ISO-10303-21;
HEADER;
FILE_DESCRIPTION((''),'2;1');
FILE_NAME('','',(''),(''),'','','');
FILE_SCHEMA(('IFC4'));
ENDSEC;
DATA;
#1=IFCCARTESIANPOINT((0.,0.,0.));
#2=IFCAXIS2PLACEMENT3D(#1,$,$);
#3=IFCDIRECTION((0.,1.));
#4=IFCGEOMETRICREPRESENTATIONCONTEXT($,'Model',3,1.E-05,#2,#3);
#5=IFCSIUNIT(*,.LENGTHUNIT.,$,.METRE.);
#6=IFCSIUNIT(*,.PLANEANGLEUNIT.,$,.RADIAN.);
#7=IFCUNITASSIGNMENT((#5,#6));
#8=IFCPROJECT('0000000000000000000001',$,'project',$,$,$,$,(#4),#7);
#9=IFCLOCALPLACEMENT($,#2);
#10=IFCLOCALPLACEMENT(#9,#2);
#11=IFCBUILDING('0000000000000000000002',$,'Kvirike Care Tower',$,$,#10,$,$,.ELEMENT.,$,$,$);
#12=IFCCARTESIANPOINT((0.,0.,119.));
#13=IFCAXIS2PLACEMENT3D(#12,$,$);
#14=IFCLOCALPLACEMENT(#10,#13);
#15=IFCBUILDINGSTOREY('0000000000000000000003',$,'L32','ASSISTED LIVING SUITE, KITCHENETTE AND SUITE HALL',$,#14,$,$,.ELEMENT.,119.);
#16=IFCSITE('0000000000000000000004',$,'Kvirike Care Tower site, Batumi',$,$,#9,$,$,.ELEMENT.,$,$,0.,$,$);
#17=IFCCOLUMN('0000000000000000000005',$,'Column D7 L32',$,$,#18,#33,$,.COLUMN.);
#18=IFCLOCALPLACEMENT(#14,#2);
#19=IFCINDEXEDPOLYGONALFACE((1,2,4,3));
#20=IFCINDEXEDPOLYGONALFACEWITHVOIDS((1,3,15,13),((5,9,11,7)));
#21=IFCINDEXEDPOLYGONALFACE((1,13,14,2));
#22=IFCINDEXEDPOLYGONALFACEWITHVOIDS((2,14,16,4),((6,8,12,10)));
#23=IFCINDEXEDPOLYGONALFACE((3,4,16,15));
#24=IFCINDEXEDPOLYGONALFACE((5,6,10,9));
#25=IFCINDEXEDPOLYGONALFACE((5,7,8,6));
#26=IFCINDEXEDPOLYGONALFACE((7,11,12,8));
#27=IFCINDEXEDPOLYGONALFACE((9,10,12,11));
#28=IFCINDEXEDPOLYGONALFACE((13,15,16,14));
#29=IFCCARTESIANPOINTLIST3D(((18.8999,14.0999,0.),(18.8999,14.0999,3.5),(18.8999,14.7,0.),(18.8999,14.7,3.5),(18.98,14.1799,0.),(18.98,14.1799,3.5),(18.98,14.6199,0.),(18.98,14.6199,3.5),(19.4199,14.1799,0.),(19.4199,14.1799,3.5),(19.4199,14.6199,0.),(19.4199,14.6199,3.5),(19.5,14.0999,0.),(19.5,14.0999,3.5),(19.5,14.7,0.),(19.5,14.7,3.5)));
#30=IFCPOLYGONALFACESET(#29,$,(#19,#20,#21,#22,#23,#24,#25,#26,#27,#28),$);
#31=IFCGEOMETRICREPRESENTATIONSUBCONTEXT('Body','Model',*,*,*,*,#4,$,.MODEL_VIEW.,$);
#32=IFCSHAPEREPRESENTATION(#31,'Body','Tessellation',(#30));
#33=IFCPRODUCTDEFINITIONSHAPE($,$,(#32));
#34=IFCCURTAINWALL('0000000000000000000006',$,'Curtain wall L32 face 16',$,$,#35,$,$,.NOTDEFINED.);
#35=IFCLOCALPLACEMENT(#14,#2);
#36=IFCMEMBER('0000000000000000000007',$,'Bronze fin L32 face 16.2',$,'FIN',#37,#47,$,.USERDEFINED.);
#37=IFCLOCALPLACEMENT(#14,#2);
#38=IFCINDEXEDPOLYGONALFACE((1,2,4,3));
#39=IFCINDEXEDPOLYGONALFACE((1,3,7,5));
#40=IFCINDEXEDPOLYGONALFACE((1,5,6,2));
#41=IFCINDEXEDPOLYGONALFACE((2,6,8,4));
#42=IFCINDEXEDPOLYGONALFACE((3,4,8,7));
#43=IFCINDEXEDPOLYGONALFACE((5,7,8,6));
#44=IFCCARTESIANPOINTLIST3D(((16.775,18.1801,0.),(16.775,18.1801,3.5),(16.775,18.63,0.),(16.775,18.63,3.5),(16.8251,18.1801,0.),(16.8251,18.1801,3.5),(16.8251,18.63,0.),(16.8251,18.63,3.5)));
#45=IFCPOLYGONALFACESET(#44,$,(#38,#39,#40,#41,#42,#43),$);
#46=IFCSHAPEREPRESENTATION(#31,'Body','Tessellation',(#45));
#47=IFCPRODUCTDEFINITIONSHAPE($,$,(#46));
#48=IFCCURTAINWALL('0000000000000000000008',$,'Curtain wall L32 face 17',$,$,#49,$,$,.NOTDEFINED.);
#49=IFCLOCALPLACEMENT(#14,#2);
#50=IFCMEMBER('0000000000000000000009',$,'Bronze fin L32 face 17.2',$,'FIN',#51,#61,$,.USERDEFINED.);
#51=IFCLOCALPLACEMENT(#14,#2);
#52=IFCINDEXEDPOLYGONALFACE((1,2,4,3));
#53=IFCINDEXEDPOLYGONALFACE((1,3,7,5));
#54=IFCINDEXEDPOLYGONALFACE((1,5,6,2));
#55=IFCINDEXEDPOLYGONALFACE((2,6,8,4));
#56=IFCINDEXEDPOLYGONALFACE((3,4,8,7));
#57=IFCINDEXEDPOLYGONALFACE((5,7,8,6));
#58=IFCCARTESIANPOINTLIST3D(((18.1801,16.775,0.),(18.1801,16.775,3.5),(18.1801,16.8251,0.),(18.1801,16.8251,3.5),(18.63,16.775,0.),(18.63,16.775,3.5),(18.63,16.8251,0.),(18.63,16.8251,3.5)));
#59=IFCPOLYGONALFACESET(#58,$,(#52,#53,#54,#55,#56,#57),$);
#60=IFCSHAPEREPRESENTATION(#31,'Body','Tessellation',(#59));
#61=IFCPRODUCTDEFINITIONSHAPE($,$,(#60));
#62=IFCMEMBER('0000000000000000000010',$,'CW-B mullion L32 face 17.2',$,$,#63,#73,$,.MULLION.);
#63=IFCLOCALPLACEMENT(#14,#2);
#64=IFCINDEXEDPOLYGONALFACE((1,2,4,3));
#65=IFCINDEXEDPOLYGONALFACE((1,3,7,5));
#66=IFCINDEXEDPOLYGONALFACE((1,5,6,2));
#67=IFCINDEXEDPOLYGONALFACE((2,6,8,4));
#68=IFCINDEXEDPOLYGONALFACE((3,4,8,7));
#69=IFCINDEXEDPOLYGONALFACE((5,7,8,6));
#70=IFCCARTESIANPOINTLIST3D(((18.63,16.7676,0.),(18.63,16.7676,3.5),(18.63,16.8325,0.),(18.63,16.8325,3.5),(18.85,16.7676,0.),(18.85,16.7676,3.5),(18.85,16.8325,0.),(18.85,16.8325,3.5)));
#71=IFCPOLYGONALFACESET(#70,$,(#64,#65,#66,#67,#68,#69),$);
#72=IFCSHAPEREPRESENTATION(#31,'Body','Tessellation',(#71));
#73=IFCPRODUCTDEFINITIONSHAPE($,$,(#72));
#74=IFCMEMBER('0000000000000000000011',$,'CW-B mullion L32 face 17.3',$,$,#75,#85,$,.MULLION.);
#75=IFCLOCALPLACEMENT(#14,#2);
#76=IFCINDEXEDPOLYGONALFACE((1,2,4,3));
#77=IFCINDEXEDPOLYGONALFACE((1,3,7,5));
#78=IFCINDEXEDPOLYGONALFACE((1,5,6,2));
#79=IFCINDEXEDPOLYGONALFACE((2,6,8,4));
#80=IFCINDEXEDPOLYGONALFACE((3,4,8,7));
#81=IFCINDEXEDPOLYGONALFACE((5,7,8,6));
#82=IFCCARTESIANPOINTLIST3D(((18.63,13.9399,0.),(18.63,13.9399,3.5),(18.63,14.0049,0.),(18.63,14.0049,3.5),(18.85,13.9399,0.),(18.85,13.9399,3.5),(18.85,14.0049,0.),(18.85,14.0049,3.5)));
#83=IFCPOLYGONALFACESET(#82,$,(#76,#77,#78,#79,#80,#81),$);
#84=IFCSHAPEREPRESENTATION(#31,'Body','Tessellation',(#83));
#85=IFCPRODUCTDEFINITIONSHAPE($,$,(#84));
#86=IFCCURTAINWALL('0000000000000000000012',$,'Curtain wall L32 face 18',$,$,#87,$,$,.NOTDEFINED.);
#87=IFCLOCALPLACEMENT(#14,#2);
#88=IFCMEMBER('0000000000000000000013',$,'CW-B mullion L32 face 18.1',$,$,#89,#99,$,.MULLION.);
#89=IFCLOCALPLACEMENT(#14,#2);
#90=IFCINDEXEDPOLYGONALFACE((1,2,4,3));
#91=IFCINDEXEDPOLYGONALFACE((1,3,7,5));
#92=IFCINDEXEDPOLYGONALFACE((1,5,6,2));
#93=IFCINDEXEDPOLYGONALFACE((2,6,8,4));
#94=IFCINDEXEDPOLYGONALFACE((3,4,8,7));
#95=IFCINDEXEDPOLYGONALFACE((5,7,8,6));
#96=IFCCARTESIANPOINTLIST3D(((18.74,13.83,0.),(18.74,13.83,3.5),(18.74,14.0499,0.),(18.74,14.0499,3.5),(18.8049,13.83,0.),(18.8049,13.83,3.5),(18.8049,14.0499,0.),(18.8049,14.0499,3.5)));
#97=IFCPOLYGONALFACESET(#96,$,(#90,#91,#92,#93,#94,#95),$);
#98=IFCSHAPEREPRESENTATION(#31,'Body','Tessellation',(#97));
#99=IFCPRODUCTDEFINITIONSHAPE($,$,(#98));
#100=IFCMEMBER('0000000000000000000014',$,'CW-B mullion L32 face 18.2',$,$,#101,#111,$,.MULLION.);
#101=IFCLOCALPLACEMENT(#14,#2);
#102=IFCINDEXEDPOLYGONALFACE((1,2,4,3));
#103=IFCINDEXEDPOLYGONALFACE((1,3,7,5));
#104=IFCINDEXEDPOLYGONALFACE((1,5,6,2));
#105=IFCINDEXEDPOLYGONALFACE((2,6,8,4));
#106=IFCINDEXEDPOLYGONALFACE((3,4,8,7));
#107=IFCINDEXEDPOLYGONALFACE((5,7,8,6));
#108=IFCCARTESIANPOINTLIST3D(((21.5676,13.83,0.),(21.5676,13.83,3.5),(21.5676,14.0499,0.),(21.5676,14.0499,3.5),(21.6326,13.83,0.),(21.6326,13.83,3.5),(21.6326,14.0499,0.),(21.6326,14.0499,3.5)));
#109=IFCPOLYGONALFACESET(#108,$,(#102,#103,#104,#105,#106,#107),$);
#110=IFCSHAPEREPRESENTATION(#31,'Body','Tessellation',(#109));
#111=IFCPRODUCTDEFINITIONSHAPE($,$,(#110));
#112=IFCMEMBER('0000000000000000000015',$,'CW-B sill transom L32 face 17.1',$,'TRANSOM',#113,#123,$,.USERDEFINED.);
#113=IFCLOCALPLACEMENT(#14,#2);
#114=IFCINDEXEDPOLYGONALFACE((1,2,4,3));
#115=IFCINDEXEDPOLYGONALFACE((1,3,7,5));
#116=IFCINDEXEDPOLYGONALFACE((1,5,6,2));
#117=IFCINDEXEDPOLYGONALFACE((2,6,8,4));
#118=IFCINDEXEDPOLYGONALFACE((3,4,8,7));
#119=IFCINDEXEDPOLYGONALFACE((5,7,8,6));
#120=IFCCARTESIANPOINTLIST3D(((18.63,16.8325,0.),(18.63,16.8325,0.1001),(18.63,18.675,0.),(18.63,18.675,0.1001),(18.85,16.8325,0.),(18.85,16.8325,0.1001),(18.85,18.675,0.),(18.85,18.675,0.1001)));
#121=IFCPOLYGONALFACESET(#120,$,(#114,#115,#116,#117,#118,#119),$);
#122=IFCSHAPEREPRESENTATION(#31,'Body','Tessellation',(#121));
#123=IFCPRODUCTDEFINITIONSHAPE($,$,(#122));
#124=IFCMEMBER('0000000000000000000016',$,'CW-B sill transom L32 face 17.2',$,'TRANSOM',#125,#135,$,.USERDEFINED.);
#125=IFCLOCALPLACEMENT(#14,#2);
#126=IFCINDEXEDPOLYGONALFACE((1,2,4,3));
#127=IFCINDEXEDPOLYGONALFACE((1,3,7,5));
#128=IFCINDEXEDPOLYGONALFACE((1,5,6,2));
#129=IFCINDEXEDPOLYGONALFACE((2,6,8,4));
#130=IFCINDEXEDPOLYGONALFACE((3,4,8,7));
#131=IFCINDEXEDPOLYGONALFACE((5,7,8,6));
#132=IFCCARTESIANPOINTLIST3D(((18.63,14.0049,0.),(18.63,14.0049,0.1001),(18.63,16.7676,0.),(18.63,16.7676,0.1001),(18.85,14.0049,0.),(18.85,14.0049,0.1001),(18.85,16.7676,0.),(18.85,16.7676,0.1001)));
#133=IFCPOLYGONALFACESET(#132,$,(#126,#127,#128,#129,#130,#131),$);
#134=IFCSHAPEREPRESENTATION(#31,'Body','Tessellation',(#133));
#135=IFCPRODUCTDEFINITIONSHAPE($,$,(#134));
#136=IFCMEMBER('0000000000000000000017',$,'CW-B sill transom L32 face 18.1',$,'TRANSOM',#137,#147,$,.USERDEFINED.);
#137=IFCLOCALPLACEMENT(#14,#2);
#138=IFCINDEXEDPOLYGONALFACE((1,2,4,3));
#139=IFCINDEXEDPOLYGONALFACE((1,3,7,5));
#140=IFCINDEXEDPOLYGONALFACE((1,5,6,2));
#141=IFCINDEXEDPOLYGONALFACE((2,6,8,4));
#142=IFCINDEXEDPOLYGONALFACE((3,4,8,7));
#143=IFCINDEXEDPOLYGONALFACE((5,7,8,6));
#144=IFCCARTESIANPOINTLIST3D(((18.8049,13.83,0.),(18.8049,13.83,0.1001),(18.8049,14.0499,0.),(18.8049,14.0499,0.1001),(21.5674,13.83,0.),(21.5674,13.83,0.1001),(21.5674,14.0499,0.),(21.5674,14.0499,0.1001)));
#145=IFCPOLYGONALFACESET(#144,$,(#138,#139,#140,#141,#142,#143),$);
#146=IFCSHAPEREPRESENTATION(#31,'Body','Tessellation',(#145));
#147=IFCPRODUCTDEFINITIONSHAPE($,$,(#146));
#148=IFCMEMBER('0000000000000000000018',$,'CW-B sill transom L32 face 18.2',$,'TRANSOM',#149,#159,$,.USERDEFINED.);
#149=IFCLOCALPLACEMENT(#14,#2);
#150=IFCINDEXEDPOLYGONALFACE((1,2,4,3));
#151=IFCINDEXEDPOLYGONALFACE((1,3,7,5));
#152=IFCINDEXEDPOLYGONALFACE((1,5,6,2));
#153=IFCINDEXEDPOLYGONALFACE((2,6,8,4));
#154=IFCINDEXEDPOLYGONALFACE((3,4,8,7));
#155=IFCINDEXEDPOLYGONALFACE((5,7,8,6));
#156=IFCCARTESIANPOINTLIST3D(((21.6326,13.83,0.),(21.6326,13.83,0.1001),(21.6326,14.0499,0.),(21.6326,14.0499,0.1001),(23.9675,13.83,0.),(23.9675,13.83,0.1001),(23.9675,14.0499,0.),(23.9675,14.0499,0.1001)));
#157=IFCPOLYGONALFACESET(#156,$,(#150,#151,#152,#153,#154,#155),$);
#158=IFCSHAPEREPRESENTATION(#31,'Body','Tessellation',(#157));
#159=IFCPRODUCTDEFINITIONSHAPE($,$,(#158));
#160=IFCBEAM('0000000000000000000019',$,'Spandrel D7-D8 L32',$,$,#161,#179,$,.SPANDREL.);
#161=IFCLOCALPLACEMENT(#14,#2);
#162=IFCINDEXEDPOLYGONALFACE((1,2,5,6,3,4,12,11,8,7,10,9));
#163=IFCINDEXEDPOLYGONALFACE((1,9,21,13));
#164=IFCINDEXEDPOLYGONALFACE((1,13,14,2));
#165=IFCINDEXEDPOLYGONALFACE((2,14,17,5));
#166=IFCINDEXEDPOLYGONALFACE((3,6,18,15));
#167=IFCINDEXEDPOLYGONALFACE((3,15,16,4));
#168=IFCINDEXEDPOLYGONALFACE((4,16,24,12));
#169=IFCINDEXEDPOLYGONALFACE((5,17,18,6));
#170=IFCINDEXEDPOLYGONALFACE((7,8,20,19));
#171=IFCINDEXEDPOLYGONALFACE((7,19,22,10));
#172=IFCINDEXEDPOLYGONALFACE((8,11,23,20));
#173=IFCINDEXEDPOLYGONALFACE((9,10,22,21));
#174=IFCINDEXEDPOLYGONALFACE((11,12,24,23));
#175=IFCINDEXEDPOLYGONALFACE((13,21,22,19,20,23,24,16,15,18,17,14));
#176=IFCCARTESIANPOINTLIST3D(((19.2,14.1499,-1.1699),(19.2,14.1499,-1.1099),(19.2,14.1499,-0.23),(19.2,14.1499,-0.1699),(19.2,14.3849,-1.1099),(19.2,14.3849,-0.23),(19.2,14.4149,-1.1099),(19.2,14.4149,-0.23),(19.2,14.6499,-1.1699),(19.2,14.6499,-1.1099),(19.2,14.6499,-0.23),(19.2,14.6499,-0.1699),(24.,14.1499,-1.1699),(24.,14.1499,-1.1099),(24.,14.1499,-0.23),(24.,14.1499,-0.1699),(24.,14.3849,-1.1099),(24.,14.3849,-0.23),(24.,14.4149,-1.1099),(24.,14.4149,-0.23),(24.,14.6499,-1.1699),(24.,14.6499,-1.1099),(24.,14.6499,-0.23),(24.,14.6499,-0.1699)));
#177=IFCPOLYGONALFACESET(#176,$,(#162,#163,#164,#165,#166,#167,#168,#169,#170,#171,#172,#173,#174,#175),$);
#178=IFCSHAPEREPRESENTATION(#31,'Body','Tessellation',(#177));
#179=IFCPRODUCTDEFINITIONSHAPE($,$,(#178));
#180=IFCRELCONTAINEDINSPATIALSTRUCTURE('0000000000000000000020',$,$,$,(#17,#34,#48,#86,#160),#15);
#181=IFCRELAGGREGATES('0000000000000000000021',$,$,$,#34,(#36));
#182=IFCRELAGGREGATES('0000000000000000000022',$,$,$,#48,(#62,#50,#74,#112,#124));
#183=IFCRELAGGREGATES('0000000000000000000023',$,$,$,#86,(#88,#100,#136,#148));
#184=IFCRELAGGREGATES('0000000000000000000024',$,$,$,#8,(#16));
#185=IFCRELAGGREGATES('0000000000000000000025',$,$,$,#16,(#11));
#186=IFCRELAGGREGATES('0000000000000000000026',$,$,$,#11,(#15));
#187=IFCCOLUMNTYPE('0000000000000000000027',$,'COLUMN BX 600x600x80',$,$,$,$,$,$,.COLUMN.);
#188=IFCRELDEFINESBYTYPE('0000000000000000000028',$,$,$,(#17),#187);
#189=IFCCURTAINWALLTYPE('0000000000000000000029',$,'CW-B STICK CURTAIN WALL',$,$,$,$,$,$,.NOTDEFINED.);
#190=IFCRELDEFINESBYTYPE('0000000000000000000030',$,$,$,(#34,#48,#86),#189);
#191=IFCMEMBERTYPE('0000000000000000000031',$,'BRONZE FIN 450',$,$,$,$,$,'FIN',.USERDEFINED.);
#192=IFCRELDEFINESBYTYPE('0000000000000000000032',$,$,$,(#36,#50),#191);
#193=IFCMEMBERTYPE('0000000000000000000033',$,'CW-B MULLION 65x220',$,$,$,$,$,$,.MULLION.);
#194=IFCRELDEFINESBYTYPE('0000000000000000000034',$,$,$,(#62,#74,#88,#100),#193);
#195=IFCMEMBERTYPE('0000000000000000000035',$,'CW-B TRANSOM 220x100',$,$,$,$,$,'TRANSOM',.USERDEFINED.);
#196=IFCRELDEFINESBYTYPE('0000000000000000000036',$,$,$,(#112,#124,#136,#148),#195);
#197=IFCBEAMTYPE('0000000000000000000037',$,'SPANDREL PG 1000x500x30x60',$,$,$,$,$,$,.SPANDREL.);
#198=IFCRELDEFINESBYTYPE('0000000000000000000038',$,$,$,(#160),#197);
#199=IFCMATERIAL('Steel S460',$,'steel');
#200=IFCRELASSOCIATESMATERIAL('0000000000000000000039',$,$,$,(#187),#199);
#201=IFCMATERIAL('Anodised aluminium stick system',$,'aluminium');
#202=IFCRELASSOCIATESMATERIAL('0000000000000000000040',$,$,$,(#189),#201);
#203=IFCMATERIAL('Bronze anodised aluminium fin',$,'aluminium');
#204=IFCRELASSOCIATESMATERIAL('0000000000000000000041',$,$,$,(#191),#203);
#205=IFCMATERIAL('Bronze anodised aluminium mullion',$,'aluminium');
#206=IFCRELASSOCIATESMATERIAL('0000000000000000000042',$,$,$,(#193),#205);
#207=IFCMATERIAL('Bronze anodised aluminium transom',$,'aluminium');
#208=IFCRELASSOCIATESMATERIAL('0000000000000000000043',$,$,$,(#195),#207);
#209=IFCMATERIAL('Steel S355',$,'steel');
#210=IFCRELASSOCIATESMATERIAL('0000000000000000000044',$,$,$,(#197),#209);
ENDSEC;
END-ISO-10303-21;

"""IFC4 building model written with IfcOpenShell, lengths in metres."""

from ifc_helpers import new_model, si_unit, direction, frame, origin, origin_2d, place, context, subcontext, project, spatial, rectangle, hollow_rectangle, i_section, extrude, material, material_profile, profile_set, type_object, element, aggregate, save


model = new_model("IFC4")

# Units and contexts
model_context = context("Model", 3, precision=1e-05, world=origin(), true_north=direction((0.0, 1.0)))
body_context = subcontext(model_context, "Body", "Model", "MODEL_VIEW")
ifc_project = project(units=[si_unit("LENGTHUNIT", "METRE"), si_unit("PLANEANGLEUNIT", "RADIAN")], contexts=[model_context])

# Site, building, storey
site_placement = place(None, origin())
site = spatial("IfcSite", under=ifc_project, at=site_placement, Name="Kvirike Care Tower site, Batumi", CompositionType="ELEMENT", RefElevation=0.0)
building_placement = place(site_placement, origin())
building = spatial("IfcBuilding", under=site, at=building_placement, Name="Kvirike Care Tower", CompositionType="ELEMENT")
storey_placement = place(building_placement, frame((0.0, 0.0, 119.0)))
storey = spatial("IfcBuildingStorey", under=building, at=storey_placement, Name="L32", Description="ASSISTED LIVING SUITE, KITCHENETTE AND SUITE HALL", CompositionType="ELEMENT", Elevation=119.0)

# Column
ifc_material_1 = material(Name="Steel S460", Category="steel")
ifc_material_profile_1 = material_profile(ifc_material_1, hollow_rectangle(XDim=0.6001, YDim=0.6001, WallThickness=0.0801, at=origin_2d()), Name="BX 600x600x80")
ifc_profile_set_1 = profile_set([ifc_material_profile_1], Name="Steel S460")
column_type = type_object("IfcColumnType", Name="COLUMN BX 600x600x80", PredefinedType="COLUMN", material=ifc_profile_set_1)
column_placement = place(storey_placement, frame((19.2, 14.3999, 0.0), z_axis=(0.0, 0.0, 1.0), x_axis=(0.0, 1.0, 0.0)))
element("IfcColumn", 1, at=column_placement, inside=storey, type_object=column_type, Name="Column D7 L32", PredefinedType="COLUMN", context=body_context, shape_type="SweptSolid", body=[
    extrude(hollow_rectangle(XDim=0.6001, YDim=0.6001, WallThickness=0.0801, at=origin_2d()), origin(), (0.0, 0.0, 1.0), 3.5),
])

# Curtain wall, member
ifc_material_2 = material(Name="Anodised aluminium stick system", Category="aluminium")
curtain_wall_type = type_object("IfcCurtainWallType", Name="CW-B STICK CURTAIN WALL", PredefinedType="NOTDEFINED", material=ifc_material_2)
curtain_wall_1_placement = place(storey_placement, origin())
curtain_wall_1 = element("IfcCurtainWall", 2, at=curtain_wall_1_placement, inside=storey, type_object=curtain_wall_type, Name="Curtain wall L32 face 16", PredefinedType="NOTDEFINED")
ifc_material_3 = material(Name="Bronze anodised aluminium fin", Category="aluminium")
ifc_material_profile_2 = material_profile(ifc_material_3, rectangle(XDim=0.05, YDim=0.45, at=origin_2d()), Name="BRONZE FIN 450")
ifc_profile_set_2 = profile_set([ifc_material_profile_2], Name="Bronze anodised aluminium fin")
member_type_1 = type_object("IfcMemberType", Name="BRONZE FIN 450", ElementType="FIN", PredefinedType="USERDEFINED", material=ifc_profile_set_2)
member_1_placement = place(storey_placement, frame((16.8, 18.405, 0.0), z_axis=(0.0, 0.0, 1.0), x_axis=(1.0, 0.0, 0.0)))
member_1 = element("IfcMember", 3, at=member_1_placement, type_object=member_type_1, Name="Bronze fin L32 face 16.2", ObjectType="FIN", PredefinedType="USERDEFINED", context=body_context, shape_type="SweptSolid", body=[
    extrude(rectangle(XDim=0.05, YDim=0.45, at=origin_2d()), origin(), (0.0, 0.0, 1.0), 3.5),
])
aggregate(curtain_wall_1, [member_1])

# Curtain walls, members
curtain_wall_2_placement = place(storey_placement, origin())
curtain_wall_2 = element("IfcCurtainWall", 4, at=curtain_wall_2_placement, inside=storey, type_object=curtain_wall_type, Name="Curtain wall L32 face 17", PredefinedType="NOTDEFINED")
member_2_placement = place(storey_placement, frame((18.405, 16.8, 0.0), z_axis=(0.0, 0.0, 1.0), x_axis=(0.0, -1.0, 0.0)))
member_2 = element("IfcMember", 5, at=member_2_placement, type_object=member_type_1, Name="Bronze fin L32 face 17.2", ObjectType="FIN", PredefinedType="USERDEFINED", context=body_context, shape_type="SweptSolid", body=[
    extrude(rectangle(XDim=0.05, YDim=0.45, at=origin_2d()), origin(), (0.0, 0.0, 1.0), 3.5),
])
ifc_material_4 = material(Name="Bronze anodised aluminium mullion", Category="aluminium")
ifc_material_profile_3 = material_profile(ifc_material_4, rectangle(XDim=0.0649, YDim=0.22, at=origin_2d()), Name="CW-B MULLION 65x220")
ifc_profile_set_3 = profile_set([ifc_material_profile_3], Name="Bronze anodised aluminium mullion")
member_type_2 = type_object("IfcMemberType", Name="CW-B MULLION 65x220", PredefinedType="MULLION", material=ifc_profile_set_3)
member_3_placement = place(storey_placement, frame((18.74, 16.8, 0.0), z_axis=(0.0, 0.0, 1.0), x_axis=(0.0, -1.0, 0.0)))
member_3 = element("IfcMember", 6, at=member_3_placement, type_object=member_type_2, Name="CW-B mullion L32 face 17.2", PredefinedType="MULLION", context=body_context, shape_type="SweptSolid", body=[
    extrude(rectangle(XDim=0.0649, YDim=0.22, at=origin_2d()), origin(), (0.0, 0.0, 1.0), 3.5),
])
member_4_placement = place(storey_placement, frame((18.74, 13.9724, 0.0), z_axis=(0.0, 0.0, 1.0), x_axis=(0.0, -1.0, 0.0)))
member_4 = element("IfcMember", 7, at=member_4_placement, type_object=member_type_2, Name="CW-B mullion L32 face 17.3", PredefinedType="MULLION", context=body_context, shape_type="SweptSolid", body=[
    extrude(rectangle(XDim=0.0649, YDim=0.22, at=origin_2d()), origin(), (0.0, 0.0, 1.0), 3.5),
])
curtain_wall_3_placement = place(storey_placement, origin())
curtain_wall_3 = element("IfcCurtainWall", 8, at=curtain_wall_3_placement, inside=storey, type_object=curtain_wall_type, Name="Curtain wall L32 face 18", PredefinedType="NOTDEFINED")
member_5_placement = place(storey_placement, frame((18.7725, 13.9399, 0.0), z_axis=(0.0, 0.0, 1.0), x_axis=(1.0, 0.0, 0.0)))
member_5 = element("IfcMember", 9, at=member_5_placement, type_object=member_type_2, Name="CW-B mullion L32 face 18.1", PredefinedType="MULLION", context=body_context, shape_type="SweptSolid", body=[
    extrude(rectangle(XDim=0.0649, YDim=0.22, at=origin_2d()), origin(), (0.0, 0.0, 1.0), 3.5),
])
member_6_placement = place(storey_placement, frame((21.6001, 13.9399, 0.0), z_axis=(0.0, 0.0, 1.0), x_axis=(1.0, 0.0, 0.0)))
member_6 = element("IfcMember", 10, at=member_6_placement, type_object=member_type_2, Name="CW-B mullion L32 face 18.2", PredefinedType="MULLION", context=body_context, shape_type="SweptSolid", body=[
    extrude(rectangle(XDim=0.0649, YDim=0.22, at=origin_2d()), origin(), (0.0, 0.0, 1.0), 3.5),
])

# Members
ifc_material_5 = material(Name="Bronze anodised aluminium transom", Category="aluminium")
ifc_material_profile_4 = material_profile(ifc_material_5, rectangle(XDim=0.22, YDim=0.1001, at=origin_2d()), Name="CW-B TRANSOM 220x100")
ifc_profile_set_4 = profile_set([ifc_material_profile_4], Name="Bronze anodised aluminium transom")
member_type_3 = type_object("IfcMemberType", Name="CW-B TRANSOM 220x100", ElementType="TRANSOM", PredefinedType="USERDEFINED", material=ifc_profile_set_4)
member_7_placement = place(storey_placement, frame((18.74, 18.675, 0.05), z_axis=(0.0, -1.0, 0.0), x_axis=(1.0, 0.0, 0.0)))
member_7 = element("IfcMember", 11, at=member_7_placement, type_object=member_type_3, Name="CW-B sill transom L32 face 17.1", ObjectType="TRANSOM", PredefinedType="USERDEFINED", context=body_context, shape_type="SweptSolid", body=[
    extrude(rectangle(XDim=0.22, YDim=0.1001, at=origin_2d()), origin(), (0.0, 0.0, 1.0), 1.8425),
])
member_8_placement = place(storey_placement, frame((18.74, 16.7676, 0.05), z_axis=(0.0, -1.0, 0.0), x_axis=(1.0, 0.0, 0.0)))
member_8 = element("IfcMember", 12, at=member_8_placement, type_object=member_type_3, Name="CW-B sill transom L32 face 17.2", ObjectType="TRANSOM", PredefinedType="USERDEFINED", context=body_context, shape_type="SweptSolid", body=[
    extrude(rectangle(XDim=0.22, YDim=0.1001, at=origin_2d()), origin(), (0.0, 0.0, 1.0), 2.7627),
])
member_9_placement = place(storey_placement, frame((18.8049, 13.9399, 0.05), z_axis=(1.0, 0.0, 0.0), x_axis=(0.0, 1.0, 0.0)))
member_9 = element("IfcMember", 13, at=member_9_placement, type_object=member_type_3, Name="CW-B sill transom L32 face 18.1", ObjectType="TRANSOM", PredefinedType="USERDEFINED", context=body_context, shape_type="SweptSolid", body=[
    extrude(rectangle(XDim=0.22, YDim=0.1001, at=origin_2d()), origin(), (0.0, 0.0, 1.0), 2.7625),
])
member_10_placement = place(storey_placement, frame((21.6326, 13.9399, 0.05), z_axis=(1.0, 0.0, 0.0), x_axis=(0.0, 1.0, 0.0)))
member_10 = element("IfcMember", 14, at=member_10_placement, type_object=member_type_3, Name="CW-B sill transom L32 face 18.2", ObjectType="TRANSOM", PredefinedType="USERDEFINED", context=body_context, shape_type="SweptSolid", body=[
    extrude(rectangle(XDim=0.22, YDim=0.1001, at=origin_2d()), origin(), (0.0, 0.0, 1.0), 2.335),
])

# Beam
ifc_material_6 = material(Name="Steel S355", Category="steel")
ifc_material_profile_5 = material_profile(ifc_material_6, i_section(OverallWidth=0.5, OverallDepth=1.0, WebThickness=0.03, FlangeThickness=0.0601, at=origin_2d()), Name="PG 1000x500x30x60")
ifc_profile_set_5 = profile_set([ifc_material_profile_5], Name="Steel S355")
beam_type = type_object("IfcBeamType", Name="SPANDREL PG 1000x500x30x60", PredefinedType="SPANDREL", material=ifc_profile_set_5)
for number, where, z_axis, x_axis, name in (
    (15, (19.2, 14.3999, -0.6699), (1.0, 0.0, 0.0), (0.0, 1.0, 0.0), "Spandrel D7-D8 L32"),
):
    element("IfcBeam", number, at=place(storey_placement, frame(where, z_axis=z_axis, x_axis=x_axis)), inside=storey, type_object=beam_type, Name=name, PredefinedType="SPANDREL", context=body_context, shape_type="SweptSolid", body=[
        extrude(i_section(OverallWidth=0.5, OverallDepth=1.0, WebThickness=0.03, FlangeThickness=0.0601, at=origin_2d()), origin(), (0.0, 0.0, 1.0), 4.8),
    ])

aggregate(curtain_wall_2, [member_3, member_2, member_4, member_7, member_8])
aggregate(curtain_wall_3, [member_5, member_6, member_9, member_10])

save(model, "model.ifc")
